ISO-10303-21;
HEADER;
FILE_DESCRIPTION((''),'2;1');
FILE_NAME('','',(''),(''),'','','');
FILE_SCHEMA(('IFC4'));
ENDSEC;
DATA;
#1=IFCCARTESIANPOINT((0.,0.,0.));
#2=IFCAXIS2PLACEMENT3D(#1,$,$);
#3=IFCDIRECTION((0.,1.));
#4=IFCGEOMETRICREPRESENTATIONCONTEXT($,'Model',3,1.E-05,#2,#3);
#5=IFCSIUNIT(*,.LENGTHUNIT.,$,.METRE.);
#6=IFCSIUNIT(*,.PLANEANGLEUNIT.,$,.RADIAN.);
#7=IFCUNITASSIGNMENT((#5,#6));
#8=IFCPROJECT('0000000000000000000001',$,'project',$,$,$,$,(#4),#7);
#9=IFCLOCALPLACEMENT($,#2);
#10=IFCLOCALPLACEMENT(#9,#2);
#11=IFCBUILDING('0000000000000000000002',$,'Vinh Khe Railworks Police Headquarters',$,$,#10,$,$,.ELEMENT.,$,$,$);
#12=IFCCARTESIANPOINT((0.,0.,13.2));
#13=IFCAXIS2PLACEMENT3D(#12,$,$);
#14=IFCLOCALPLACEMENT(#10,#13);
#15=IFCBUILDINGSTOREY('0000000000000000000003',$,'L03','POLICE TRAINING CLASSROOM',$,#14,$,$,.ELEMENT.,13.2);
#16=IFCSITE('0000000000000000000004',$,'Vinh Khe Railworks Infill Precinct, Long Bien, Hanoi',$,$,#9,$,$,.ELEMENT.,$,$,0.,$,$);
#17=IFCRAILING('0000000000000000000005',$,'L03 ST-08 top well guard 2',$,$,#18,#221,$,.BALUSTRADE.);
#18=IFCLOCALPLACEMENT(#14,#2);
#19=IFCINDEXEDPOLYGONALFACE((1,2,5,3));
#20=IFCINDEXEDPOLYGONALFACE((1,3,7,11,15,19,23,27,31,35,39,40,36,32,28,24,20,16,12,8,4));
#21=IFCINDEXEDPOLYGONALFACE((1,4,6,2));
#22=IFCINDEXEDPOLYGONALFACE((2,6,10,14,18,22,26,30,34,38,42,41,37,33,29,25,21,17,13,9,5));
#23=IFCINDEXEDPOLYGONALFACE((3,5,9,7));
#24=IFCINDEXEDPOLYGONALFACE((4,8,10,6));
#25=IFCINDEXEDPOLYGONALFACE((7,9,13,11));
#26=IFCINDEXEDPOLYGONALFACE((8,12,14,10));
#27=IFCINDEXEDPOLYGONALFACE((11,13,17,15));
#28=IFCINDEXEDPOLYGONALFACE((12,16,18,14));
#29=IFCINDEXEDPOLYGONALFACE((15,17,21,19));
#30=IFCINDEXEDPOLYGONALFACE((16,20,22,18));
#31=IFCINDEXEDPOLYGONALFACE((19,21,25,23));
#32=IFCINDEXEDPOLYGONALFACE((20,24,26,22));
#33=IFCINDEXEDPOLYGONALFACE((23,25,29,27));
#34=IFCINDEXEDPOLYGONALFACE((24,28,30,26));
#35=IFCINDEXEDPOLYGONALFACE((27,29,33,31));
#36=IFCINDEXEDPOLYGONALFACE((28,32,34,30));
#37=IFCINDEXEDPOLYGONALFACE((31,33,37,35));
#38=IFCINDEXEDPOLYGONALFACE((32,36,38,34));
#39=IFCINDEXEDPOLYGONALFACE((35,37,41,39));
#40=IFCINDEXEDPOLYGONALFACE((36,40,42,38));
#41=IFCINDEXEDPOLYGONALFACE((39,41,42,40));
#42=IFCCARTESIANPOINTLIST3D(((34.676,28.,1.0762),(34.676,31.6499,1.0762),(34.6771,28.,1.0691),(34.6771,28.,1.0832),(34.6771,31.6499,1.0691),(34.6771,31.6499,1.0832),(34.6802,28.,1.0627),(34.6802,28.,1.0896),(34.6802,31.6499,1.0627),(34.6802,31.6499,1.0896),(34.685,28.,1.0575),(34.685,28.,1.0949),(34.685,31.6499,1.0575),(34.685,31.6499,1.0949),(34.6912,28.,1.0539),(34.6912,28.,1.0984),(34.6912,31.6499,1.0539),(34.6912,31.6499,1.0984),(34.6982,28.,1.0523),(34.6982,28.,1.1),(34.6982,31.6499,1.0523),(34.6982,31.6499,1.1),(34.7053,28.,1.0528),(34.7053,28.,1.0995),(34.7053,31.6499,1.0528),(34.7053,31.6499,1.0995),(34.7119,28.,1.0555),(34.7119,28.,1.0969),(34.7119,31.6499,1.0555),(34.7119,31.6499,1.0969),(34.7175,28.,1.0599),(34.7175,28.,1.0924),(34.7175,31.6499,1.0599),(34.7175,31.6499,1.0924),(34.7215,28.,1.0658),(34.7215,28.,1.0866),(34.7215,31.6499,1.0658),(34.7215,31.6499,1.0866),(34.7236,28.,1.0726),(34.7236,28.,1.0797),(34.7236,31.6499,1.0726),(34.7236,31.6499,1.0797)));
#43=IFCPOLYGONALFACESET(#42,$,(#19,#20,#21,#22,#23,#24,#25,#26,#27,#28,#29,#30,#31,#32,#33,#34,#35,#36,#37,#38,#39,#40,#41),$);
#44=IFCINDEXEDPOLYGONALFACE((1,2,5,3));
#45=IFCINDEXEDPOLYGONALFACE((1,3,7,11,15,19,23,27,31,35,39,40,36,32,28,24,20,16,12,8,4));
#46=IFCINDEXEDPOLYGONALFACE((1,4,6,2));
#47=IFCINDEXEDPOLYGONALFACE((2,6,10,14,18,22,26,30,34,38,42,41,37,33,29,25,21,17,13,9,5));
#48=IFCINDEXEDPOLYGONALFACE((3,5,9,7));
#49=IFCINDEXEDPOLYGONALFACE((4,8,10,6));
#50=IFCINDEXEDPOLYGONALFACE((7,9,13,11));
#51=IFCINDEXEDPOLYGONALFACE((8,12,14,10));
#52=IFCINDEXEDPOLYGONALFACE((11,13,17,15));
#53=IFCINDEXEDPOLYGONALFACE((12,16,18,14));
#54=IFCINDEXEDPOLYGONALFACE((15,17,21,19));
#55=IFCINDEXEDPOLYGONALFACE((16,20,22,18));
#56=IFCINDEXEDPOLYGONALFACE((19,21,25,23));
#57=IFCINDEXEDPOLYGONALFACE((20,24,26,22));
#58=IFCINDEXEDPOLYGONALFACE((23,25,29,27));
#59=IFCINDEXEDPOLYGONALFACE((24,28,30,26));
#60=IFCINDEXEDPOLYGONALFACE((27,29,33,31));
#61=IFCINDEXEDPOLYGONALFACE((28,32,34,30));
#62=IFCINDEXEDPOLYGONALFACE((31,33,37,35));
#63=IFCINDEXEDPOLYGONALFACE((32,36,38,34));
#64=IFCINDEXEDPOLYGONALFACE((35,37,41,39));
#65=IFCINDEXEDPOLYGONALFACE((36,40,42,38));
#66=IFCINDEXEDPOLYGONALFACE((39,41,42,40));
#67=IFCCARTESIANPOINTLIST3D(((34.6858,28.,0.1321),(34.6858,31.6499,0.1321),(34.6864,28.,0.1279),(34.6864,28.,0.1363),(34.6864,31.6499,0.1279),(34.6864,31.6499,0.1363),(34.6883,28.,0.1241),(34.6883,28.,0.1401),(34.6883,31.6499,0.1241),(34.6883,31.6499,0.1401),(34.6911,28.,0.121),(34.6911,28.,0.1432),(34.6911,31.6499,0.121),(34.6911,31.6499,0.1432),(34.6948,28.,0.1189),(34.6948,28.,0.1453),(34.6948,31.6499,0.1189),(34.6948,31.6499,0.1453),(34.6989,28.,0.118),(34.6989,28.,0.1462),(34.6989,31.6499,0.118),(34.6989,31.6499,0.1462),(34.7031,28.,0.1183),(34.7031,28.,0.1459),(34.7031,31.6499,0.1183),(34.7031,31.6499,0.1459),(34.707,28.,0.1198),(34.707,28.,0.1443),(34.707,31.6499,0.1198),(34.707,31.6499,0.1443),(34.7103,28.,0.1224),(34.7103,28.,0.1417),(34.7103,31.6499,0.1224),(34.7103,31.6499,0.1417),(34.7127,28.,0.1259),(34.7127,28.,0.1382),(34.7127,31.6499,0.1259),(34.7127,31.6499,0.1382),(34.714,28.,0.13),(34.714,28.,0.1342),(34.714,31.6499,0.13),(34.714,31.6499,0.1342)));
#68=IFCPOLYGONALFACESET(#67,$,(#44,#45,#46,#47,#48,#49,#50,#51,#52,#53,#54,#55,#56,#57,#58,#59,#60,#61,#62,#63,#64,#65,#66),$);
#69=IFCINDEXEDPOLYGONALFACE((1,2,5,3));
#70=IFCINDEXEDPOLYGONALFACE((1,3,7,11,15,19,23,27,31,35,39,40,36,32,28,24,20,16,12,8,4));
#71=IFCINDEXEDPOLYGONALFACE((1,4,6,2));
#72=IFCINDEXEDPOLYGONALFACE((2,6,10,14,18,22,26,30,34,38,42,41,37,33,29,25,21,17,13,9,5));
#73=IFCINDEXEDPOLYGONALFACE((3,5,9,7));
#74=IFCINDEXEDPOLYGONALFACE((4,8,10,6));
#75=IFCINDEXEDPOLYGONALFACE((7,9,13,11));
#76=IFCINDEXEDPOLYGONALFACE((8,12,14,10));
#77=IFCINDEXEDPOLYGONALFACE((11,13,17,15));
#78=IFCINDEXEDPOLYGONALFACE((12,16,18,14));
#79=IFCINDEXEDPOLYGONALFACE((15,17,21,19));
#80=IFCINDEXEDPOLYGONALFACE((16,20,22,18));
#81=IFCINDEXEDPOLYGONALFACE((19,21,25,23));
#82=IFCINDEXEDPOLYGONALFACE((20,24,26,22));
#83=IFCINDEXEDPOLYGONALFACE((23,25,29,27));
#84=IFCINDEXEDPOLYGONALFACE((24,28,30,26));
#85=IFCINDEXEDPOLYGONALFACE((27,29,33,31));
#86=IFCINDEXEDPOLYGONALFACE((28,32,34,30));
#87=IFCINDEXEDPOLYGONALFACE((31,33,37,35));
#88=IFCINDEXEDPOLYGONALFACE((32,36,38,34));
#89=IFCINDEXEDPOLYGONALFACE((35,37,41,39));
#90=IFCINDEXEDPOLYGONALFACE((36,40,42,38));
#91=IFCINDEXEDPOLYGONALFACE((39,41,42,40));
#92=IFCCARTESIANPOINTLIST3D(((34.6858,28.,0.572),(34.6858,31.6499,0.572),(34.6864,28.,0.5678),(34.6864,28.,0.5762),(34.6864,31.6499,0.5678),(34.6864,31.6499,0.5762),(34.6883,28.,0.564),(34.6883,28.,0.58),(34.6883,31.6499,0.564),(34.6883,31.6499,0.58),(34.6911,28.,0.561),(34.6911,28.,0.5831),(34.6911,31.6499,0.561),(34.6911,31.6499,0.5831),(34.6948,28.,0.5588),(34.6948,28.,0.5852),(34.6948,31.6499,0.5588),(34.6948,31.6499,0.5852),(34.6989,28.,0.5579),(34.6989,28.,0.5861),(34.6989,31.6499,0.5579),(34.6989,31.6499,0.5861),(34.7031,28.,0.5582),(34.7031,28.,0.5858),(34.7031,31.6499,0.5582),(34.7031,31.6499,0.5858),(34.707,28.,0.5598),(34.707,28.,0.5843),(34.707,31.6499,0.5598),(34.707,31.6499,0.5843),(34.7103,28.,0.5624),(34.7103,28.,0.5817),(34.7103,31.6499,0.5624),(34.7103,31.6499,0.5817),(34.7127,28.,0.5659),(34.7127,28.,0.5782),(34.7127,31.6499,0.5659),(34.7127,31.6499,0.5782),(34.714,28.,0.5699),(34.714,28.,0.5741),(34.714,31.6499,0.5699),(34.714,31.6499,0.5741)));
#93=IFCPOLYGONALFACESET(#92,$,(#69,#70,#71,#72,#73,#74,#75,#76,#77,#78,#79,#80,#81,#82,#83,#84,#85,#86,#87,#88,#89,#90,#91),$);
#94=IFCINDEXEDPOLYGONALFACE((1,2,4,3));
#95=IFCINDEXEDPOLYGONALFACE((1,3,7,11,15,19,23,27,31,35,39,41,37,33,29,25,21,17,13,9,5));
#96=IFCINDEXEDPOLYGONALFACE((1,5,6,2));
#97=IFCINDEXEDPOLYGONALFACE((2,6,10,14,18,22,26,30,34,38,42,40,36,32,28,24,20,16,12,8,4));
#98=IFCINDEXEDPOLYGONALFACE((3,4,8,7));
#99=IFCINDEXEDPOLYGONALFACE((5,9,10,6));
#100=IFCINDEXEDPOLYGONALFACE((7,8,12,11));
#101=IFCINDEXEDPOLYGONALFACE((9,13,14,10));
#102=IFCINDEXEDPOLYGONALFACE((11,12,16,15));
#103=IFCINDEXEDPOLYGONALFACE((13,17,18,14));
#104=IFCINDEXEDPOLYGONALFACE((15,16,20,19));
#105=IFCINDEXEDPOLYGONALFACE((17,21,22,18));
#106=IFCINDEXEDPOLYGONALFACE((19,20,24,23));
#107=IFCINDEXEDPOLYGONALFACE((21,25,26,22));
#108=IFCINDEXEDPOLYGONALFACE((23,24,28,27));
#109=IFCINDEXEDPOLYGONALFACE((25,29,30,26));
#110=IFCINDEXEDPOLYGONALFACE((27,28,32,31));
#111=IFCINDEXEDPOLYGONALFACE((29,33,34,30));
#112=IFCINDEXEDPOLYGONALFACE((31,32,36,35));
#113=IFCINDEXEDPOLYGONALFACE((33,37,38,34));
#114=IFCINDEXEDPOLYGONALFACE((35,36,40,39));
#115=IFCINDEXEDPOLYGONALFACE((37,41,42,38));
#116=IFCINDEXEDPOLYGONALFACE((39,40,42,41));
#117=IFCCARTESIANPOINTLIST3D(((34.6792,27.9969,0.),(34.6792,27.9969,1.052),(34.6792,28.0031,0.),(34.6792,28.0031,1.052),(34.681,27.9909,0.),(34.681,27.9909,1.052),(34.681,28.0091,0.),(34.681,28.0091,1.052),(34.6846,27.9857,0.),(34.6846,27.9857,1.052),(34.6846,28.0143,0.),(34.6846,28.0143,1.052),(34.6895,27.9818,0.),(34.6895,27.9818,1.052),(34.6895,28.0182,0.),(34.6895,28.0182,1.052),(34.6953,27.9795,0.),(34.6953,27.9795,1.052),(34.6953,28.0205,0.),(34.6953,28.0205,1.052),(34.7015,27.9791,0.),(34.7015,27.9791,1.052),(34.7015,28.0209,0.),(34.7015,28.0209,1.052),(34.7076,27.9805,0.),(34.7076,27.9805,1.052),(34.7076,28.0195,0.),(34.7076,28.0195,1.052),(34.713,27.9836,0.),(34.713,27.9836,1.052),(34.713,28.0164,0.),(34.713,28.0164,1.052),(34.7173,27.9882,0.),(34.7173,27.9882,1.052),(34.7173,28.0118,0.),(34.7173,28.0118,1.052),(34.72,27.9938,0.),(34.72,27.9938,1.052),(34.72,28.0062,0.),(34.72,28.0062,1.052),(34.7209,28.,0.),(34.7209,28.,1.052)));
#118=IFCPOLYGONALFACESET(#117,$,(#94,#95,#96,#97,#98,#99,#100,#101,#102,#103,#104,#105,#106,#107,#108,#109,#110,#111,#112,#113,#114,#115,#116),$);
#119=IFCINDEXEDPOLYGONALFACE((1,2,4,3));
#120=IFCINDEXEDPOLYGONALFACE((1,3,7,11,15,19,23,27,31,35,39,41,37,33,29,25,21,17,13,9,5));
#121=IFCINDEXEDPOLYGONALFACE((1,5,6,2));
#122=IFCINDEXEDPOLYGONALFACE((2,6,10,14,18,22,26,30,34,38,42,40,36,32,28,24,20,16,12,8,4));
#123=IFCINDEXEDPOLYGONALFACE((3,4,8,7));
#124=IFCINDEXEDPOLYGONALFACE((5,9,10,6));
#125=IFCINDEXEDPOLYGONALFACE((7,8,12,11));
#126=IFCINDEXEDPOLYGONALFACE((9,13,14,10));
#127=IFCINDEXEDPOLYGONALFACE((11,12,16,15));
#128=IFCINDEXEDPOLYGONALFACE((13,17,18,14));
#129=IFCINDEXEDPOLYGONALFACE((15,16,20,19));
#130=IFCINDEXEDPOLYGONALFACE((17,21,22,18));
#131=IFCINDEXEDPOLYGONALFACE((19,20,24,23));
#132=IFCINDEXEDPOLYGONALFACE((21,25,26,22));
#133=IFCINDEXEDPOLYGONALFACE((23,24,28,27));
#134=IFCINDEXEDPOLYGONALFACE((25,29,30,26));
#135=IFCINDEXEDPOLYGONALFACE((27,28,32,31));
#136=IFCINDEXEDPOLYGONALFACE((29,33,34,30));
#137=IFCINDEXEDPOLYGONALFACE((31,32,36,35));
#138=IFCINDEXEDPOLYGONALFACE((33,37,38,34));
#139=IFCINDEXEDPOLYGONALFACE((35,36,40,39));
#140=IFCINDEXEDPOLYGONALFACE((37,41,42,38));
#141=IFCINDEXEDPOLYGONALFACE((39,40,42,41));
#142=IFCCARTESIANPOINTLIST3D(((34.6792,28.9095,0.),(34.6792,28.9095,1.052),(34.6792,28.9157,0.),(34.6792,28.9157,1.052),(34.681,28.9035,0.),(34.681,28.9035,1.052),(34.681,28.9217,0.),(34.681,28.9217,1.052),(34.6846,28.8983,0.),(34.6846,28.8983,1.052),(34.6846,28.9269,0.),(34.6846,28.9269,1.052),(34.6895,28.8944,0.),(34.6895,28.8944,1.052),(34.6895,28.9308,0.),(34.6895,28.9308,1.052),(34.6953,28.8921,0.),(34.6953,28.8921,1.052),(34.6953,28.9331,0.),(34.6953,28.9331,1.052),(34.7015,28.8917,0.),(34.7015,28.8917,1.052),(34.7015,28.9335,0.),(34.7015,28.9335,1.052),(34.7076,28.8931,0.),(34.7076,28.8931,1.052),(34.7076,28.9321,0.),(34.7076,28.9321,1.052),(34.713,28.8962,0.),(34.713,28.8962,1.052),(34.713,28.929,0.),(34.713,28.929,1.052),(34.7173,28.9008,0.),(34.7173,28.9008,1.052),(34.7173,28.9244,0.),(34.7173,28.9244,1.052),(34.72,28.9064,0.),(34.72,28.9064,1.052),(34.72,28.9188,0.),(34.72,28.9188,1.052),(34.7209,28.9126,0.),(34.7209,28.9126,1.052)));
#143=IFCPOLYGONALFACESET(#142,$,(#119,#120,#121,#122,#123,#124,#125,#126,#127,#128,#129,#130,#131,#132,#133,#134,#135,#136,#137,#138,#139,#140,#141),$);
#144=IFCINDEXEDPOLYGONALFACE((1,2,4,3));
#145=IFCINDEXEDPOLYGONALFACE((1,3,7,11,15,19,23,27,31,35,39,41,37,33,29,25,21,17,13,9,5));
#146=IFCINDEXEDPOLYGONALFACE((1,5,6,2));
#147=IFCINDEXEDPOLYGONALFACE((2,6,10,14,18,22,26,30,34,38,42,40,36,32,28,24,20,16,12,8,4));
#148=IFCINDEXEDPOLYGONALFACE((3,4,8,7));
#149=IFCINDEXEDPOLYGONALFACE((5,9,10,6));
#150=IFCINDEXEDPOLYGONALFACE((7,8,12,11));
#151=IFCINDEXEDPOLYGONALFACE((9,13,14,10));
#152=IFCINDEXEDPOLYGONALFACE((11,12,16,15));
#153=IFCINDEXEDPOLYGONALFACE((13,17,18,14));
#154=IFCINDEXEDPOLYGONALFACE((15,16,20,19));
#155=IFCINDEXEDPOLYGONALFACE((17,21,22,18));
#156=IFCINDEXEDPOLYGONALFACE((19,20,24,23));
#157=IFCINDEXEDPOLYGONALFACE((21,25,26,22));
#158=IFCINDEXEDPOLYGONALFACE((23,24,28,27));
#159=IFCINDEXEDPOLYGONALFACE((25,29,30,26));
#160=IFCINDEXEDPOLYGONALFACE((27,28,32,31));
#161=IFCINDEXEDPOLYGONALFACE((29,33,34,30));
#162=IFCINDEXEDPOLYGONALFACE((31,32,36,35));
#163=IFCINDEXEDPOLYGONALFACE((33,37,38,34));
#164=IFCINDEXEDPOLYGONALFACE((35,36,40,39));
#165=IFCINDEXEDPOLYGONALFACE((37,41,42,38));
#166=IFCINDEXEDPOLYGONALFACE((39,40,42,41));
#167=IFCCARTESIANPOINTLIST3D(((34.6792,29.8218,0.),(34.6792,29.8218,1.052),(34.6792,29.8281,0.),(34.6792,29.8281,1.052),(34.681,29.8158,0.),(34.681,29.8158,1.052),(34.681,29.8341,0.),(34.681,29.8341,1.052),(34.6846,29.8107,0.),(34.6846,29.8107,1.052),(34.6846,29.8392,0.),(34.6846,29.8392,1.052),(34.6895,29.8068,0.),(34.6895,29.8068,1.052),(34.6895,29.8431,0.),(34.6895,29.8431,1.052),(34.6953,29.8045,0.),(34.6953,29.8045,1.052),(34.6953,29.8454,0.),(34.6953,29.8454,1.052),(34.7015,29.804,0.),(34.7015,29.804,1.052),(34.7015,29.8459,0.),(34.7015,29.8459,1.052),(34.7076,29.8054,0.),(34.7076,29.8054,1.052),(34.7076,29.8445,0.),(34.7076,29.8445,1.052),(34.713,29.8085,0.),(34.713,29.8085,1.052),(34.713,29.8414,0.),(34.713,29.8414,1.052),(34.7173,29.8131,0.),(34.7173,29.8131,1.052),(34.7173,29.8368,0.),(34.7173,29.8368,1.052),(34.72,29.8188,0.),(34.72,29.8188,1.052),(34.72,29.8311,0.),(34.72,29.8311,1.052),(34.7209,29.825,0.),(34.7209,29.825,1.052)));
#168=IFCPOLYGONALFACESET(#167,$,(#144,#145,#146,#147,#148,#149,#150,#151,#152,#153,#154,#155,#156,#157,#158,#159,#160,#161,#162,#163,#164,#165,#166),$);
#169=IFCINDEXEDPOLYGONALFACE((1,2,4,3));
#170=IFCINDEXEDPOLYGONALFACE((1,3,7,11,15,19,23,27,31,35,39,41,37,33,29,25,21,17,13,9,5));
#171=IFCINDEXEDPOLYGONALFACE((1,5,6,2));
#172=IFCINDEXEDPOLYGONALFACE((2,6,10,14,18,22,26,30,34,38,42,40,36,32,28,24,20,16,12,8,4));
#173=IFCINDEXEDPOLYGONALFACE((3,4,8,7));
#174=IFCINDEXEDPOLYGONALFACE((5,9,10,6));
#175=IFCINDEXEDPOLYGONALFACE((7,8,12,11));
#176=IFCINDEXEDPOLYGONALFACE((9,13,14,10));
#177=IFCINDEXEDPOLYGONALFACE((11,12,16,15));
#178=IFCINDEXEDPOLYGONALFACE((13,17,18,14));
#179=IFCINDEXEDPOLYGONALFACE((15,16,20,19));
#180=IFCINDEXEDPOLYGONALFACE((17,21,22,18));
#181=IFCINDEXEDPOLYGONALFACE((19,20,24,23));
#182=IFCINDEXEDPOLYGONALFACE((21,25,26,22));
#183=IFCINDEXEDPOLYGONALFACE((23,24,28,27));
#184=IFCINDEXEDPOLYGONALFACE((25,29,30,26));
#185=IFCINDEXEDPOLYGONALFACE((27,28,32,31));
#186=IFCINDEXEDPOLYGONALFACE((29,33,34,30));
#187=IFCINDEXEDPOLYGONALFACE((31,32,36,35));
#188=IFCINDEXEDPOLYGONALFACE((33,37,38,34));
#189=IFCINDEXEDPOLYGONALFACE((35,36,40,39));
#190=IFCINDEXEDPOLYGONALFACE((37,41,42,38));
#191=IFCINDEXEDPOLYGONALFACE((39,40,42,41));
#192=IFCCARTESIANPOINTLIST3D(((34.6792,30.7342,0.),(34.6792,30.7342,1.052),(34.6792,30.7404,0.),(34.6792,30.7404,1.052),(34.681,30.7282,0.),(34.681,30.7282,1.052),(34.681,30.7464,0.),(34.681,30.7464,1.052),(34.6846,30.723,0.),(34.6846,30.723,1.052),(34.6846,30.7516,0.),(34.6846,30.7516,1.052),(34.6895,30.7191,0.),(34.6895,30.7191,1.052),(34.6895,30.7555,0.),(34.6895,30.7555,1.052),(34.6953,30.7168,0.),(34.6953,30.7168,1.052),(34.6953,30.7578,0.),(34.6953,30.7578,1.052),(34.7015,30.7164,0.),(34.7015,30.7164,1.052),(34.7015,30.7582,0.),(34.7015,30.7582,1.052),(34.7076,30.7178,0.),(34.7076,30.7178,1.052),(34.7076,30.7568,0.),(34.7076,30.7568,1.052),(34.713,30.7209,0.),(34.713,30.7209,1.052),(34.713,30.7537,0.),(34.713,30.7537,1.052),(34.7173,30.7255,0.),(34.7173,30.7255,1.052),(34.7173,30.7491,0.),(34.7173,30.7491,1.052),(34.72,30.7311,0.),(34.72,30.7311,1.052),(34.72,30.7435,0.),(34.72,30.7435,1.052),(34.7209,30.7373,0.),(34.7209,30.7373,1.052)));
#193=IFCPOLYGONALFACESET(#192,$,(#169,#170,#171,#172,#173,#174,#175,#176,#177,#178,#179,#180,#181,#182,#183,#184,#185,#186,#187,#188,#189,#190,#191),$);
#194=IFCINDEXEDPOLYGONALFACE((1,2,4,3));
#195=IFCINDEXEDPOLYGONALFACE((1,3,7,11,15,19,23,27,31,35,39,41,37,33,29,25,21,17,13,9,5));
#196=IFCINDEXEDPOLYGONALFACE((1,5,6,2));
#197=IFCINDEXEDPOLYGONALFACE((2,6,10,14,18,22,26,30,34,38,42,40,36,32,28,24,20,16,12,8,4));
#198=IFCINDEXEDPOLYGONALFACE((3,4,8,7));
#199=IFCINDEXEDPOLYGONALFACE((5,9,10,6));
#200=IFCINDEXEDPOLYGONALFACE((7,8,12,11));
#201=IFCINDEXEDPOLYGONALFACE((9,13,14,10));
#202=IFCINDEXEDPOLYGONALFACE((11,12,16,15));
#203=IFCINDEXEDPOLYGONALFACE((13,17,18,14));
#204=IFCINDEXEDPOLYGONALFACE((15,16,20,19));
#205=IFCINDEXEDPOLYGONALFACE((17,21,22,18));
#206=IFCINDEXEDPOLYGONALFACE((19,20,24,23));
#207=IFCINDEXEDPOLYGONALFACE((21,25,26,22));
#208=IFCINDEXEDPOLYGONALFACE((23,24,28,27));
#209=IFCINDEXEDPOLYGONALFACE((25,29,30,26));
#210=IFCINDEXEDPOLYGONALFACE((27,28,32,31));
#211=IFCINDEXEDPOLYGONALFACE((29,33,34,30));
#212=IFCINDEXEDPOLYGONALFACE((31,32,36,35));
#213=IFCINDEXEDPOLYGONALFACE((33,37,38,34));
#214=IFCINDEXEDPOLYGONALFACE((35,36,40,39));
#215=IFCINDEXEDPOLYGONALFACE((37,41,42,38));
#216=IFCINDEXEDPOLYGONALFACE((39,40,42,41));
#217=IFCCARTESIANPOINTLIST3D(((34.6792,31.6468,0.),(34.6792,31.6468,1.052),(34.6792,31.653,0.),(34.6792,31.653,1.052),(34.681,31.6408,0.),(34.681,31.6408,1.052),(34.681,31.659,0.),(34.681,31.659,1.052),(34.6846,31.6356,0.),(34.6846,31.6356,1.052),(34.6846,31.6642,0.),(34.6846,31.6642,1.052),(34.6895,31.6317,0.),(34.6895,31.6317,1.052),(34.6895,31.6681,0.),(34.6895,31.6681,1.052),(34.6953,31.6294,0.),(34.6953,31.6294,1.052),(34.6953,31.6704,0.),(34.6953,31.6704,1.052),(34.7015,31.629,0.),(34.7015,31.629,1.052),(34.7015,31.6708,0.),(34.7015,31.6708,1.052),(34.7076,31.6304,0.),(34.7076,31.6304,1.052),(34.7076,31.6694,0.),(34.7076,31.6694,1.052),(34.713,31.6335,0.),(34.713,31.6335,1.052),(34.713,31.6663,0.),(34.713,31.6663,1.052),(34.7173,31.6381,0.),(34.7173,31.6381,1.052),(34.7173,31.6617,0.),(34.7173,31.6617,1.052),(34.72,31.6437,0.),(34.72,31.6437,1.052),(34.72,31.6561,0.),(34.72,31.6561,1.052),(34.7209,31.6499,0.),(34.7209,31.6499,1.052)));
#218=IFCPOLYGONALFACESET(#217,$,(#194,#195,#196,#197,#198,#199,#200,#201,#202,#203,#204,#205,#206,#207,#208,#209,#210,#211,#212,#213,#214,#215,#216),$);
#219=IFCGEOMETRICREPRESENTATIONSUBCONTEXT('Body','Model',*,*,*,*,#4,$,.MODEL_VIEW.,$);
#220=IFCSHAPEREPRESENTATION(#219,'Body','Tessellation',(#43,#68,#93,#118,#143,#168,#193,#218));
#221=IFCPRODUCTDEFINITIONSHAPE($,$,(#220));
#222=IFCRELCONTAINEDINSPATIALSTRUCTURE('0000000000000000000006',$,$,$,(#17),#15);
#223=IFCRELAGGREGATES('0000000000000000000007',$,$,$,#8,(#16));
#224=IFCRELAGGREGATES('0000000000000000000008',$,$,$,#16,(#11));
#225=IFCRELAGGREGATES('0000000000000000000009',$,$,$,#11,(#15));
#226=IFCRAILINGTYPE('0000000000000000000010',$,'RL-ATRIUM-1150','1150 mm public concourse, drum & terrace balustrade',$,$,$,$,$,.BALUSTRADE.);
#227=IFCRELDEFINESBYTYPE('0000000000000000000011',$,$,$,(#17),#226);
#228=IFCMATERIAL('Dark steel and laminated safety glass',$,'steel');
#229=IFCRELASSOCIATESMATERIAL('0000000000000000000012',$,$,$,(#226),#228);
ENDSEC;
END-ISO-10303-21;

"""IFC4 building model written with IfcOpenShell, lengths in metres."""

from ifc_helpers import new_model, si_unit, direction, frame, origin, origin_2d, place, context, subcontext, project, spatial, circle, extrude, material, type_object, element, save


model = new_model("IFC4")

# Units and contexts
model_context = context("Model", 3, precision=1e-05, world=origin(), true_north=direction((0.0, 1.0)))
body_context = subcontext(model_context, "Body", "Model", "MODEL_VIEW")
ifc_project = project(units=[si_unit("LENGTHUNIT", "METRE"), si_unit("PLANEANGLEUNIT", "RADIAN")], contexts=[model_context])

# Site, building, storey
site_placement = place(None, origin())
site = spatial("IfcSite", under=ifc_project, at=site_placement, Name="Vinh Khe Railworks Infill Precinct, Long Bien, Hanoi", CompositionType="ELEMENT", RefElevation=0.0)
building_placement = place(site_placement, origin())
building = spatial("IfcBuilding", under=site, at=building_placement, Name="Vinh Khe Railworks Police Headquarters", CompositionType="ELEMENT")
storey_placement = place(building_placement, frame((0.0, 0.0, 13.2)))
storey = spatial("IfcBuildingStorey", under=building, at=storey_placement, Name="L03", Description="POLICE TRAINING CLASSROOM", CompositionType="ELEMENT", Elevation=13.2)

# Railing
ifc_material_1 = material(Name="Dark steel and laminated safety glass", Category="steel")
railing_type = type_object("IfcRailingType", Name="RL-ATRIUM-1150", Description="1150 mm public concourse, drum & terrace balustrade", PredefinedType="BALUSTRADE", material=ifc_material_1)
railing_placement = place(storey_placement, frame((34.7, 28.0, 0.0)))
element("IfcRailing", 1, at=railing_placement, inside=storey, type_object=railing_type, Name="L03 ST-08 top well guard 2", PredefinedType="BALUSTRADE", context=body_context, shape_type="SweptSolid", body=[
    extrude(circle(Radius=0.0239, at=origin_2d()), frame((0.0, 0.0, 1.0762), z_axis=(0.0, 1.0, 0.0), x_axis=(-1.0, 0.0, 0.0)), (0.0, 0.0, 1.0), 3.6499),
    extrude(circle(Radius=0.0142, at=origin_2d()), frame((0.0, 0.0, 0.1321), z_axis=(0.0, 1.0, 0.0), x_axis=(-1.0, 0.0, 0.0)), (0.0, 0.0, 1.0), 3.6499),
    extrude(circle(Radius=0.0142, at=origin_2d()), frame((0.0, 0.0, 0.572), z_axis=(0.0, 1.0, 0.0), x_axis=(-1.0, 0.0, 0.0)), (0.0, 0.0, 1.0), 3.6499),
    extrude(circle(Radius=0.021, at=origin_2d()), origin(), (0.0, 0.0, 1.0), 1.052),
    extrude(circle(Radius=0.021, at=origin_2d()), frame((0.0, 0.9126, 0.0)), (0.0, 0.0, 1.0), 1.052),
    extrude(circle(Radius=0.021, at=origin_2d()), frame((0.0, 1.825, 0.0)), (0.0, 0.0, 1.0), 1.052),
    extrude(circle(Radius=0.021, at=origin_2d()), frame((0.0, 2.7373, 0.0)), (0.0, 0.0, 1.0), 1.052),
    extrude(circle(Radius=0.021, at=origin_2d()), frame((0.0, 3.6499, 0.0)), (0.0, 0.0, 1.0), 1.052),
])

save(model, "model.ifc")
